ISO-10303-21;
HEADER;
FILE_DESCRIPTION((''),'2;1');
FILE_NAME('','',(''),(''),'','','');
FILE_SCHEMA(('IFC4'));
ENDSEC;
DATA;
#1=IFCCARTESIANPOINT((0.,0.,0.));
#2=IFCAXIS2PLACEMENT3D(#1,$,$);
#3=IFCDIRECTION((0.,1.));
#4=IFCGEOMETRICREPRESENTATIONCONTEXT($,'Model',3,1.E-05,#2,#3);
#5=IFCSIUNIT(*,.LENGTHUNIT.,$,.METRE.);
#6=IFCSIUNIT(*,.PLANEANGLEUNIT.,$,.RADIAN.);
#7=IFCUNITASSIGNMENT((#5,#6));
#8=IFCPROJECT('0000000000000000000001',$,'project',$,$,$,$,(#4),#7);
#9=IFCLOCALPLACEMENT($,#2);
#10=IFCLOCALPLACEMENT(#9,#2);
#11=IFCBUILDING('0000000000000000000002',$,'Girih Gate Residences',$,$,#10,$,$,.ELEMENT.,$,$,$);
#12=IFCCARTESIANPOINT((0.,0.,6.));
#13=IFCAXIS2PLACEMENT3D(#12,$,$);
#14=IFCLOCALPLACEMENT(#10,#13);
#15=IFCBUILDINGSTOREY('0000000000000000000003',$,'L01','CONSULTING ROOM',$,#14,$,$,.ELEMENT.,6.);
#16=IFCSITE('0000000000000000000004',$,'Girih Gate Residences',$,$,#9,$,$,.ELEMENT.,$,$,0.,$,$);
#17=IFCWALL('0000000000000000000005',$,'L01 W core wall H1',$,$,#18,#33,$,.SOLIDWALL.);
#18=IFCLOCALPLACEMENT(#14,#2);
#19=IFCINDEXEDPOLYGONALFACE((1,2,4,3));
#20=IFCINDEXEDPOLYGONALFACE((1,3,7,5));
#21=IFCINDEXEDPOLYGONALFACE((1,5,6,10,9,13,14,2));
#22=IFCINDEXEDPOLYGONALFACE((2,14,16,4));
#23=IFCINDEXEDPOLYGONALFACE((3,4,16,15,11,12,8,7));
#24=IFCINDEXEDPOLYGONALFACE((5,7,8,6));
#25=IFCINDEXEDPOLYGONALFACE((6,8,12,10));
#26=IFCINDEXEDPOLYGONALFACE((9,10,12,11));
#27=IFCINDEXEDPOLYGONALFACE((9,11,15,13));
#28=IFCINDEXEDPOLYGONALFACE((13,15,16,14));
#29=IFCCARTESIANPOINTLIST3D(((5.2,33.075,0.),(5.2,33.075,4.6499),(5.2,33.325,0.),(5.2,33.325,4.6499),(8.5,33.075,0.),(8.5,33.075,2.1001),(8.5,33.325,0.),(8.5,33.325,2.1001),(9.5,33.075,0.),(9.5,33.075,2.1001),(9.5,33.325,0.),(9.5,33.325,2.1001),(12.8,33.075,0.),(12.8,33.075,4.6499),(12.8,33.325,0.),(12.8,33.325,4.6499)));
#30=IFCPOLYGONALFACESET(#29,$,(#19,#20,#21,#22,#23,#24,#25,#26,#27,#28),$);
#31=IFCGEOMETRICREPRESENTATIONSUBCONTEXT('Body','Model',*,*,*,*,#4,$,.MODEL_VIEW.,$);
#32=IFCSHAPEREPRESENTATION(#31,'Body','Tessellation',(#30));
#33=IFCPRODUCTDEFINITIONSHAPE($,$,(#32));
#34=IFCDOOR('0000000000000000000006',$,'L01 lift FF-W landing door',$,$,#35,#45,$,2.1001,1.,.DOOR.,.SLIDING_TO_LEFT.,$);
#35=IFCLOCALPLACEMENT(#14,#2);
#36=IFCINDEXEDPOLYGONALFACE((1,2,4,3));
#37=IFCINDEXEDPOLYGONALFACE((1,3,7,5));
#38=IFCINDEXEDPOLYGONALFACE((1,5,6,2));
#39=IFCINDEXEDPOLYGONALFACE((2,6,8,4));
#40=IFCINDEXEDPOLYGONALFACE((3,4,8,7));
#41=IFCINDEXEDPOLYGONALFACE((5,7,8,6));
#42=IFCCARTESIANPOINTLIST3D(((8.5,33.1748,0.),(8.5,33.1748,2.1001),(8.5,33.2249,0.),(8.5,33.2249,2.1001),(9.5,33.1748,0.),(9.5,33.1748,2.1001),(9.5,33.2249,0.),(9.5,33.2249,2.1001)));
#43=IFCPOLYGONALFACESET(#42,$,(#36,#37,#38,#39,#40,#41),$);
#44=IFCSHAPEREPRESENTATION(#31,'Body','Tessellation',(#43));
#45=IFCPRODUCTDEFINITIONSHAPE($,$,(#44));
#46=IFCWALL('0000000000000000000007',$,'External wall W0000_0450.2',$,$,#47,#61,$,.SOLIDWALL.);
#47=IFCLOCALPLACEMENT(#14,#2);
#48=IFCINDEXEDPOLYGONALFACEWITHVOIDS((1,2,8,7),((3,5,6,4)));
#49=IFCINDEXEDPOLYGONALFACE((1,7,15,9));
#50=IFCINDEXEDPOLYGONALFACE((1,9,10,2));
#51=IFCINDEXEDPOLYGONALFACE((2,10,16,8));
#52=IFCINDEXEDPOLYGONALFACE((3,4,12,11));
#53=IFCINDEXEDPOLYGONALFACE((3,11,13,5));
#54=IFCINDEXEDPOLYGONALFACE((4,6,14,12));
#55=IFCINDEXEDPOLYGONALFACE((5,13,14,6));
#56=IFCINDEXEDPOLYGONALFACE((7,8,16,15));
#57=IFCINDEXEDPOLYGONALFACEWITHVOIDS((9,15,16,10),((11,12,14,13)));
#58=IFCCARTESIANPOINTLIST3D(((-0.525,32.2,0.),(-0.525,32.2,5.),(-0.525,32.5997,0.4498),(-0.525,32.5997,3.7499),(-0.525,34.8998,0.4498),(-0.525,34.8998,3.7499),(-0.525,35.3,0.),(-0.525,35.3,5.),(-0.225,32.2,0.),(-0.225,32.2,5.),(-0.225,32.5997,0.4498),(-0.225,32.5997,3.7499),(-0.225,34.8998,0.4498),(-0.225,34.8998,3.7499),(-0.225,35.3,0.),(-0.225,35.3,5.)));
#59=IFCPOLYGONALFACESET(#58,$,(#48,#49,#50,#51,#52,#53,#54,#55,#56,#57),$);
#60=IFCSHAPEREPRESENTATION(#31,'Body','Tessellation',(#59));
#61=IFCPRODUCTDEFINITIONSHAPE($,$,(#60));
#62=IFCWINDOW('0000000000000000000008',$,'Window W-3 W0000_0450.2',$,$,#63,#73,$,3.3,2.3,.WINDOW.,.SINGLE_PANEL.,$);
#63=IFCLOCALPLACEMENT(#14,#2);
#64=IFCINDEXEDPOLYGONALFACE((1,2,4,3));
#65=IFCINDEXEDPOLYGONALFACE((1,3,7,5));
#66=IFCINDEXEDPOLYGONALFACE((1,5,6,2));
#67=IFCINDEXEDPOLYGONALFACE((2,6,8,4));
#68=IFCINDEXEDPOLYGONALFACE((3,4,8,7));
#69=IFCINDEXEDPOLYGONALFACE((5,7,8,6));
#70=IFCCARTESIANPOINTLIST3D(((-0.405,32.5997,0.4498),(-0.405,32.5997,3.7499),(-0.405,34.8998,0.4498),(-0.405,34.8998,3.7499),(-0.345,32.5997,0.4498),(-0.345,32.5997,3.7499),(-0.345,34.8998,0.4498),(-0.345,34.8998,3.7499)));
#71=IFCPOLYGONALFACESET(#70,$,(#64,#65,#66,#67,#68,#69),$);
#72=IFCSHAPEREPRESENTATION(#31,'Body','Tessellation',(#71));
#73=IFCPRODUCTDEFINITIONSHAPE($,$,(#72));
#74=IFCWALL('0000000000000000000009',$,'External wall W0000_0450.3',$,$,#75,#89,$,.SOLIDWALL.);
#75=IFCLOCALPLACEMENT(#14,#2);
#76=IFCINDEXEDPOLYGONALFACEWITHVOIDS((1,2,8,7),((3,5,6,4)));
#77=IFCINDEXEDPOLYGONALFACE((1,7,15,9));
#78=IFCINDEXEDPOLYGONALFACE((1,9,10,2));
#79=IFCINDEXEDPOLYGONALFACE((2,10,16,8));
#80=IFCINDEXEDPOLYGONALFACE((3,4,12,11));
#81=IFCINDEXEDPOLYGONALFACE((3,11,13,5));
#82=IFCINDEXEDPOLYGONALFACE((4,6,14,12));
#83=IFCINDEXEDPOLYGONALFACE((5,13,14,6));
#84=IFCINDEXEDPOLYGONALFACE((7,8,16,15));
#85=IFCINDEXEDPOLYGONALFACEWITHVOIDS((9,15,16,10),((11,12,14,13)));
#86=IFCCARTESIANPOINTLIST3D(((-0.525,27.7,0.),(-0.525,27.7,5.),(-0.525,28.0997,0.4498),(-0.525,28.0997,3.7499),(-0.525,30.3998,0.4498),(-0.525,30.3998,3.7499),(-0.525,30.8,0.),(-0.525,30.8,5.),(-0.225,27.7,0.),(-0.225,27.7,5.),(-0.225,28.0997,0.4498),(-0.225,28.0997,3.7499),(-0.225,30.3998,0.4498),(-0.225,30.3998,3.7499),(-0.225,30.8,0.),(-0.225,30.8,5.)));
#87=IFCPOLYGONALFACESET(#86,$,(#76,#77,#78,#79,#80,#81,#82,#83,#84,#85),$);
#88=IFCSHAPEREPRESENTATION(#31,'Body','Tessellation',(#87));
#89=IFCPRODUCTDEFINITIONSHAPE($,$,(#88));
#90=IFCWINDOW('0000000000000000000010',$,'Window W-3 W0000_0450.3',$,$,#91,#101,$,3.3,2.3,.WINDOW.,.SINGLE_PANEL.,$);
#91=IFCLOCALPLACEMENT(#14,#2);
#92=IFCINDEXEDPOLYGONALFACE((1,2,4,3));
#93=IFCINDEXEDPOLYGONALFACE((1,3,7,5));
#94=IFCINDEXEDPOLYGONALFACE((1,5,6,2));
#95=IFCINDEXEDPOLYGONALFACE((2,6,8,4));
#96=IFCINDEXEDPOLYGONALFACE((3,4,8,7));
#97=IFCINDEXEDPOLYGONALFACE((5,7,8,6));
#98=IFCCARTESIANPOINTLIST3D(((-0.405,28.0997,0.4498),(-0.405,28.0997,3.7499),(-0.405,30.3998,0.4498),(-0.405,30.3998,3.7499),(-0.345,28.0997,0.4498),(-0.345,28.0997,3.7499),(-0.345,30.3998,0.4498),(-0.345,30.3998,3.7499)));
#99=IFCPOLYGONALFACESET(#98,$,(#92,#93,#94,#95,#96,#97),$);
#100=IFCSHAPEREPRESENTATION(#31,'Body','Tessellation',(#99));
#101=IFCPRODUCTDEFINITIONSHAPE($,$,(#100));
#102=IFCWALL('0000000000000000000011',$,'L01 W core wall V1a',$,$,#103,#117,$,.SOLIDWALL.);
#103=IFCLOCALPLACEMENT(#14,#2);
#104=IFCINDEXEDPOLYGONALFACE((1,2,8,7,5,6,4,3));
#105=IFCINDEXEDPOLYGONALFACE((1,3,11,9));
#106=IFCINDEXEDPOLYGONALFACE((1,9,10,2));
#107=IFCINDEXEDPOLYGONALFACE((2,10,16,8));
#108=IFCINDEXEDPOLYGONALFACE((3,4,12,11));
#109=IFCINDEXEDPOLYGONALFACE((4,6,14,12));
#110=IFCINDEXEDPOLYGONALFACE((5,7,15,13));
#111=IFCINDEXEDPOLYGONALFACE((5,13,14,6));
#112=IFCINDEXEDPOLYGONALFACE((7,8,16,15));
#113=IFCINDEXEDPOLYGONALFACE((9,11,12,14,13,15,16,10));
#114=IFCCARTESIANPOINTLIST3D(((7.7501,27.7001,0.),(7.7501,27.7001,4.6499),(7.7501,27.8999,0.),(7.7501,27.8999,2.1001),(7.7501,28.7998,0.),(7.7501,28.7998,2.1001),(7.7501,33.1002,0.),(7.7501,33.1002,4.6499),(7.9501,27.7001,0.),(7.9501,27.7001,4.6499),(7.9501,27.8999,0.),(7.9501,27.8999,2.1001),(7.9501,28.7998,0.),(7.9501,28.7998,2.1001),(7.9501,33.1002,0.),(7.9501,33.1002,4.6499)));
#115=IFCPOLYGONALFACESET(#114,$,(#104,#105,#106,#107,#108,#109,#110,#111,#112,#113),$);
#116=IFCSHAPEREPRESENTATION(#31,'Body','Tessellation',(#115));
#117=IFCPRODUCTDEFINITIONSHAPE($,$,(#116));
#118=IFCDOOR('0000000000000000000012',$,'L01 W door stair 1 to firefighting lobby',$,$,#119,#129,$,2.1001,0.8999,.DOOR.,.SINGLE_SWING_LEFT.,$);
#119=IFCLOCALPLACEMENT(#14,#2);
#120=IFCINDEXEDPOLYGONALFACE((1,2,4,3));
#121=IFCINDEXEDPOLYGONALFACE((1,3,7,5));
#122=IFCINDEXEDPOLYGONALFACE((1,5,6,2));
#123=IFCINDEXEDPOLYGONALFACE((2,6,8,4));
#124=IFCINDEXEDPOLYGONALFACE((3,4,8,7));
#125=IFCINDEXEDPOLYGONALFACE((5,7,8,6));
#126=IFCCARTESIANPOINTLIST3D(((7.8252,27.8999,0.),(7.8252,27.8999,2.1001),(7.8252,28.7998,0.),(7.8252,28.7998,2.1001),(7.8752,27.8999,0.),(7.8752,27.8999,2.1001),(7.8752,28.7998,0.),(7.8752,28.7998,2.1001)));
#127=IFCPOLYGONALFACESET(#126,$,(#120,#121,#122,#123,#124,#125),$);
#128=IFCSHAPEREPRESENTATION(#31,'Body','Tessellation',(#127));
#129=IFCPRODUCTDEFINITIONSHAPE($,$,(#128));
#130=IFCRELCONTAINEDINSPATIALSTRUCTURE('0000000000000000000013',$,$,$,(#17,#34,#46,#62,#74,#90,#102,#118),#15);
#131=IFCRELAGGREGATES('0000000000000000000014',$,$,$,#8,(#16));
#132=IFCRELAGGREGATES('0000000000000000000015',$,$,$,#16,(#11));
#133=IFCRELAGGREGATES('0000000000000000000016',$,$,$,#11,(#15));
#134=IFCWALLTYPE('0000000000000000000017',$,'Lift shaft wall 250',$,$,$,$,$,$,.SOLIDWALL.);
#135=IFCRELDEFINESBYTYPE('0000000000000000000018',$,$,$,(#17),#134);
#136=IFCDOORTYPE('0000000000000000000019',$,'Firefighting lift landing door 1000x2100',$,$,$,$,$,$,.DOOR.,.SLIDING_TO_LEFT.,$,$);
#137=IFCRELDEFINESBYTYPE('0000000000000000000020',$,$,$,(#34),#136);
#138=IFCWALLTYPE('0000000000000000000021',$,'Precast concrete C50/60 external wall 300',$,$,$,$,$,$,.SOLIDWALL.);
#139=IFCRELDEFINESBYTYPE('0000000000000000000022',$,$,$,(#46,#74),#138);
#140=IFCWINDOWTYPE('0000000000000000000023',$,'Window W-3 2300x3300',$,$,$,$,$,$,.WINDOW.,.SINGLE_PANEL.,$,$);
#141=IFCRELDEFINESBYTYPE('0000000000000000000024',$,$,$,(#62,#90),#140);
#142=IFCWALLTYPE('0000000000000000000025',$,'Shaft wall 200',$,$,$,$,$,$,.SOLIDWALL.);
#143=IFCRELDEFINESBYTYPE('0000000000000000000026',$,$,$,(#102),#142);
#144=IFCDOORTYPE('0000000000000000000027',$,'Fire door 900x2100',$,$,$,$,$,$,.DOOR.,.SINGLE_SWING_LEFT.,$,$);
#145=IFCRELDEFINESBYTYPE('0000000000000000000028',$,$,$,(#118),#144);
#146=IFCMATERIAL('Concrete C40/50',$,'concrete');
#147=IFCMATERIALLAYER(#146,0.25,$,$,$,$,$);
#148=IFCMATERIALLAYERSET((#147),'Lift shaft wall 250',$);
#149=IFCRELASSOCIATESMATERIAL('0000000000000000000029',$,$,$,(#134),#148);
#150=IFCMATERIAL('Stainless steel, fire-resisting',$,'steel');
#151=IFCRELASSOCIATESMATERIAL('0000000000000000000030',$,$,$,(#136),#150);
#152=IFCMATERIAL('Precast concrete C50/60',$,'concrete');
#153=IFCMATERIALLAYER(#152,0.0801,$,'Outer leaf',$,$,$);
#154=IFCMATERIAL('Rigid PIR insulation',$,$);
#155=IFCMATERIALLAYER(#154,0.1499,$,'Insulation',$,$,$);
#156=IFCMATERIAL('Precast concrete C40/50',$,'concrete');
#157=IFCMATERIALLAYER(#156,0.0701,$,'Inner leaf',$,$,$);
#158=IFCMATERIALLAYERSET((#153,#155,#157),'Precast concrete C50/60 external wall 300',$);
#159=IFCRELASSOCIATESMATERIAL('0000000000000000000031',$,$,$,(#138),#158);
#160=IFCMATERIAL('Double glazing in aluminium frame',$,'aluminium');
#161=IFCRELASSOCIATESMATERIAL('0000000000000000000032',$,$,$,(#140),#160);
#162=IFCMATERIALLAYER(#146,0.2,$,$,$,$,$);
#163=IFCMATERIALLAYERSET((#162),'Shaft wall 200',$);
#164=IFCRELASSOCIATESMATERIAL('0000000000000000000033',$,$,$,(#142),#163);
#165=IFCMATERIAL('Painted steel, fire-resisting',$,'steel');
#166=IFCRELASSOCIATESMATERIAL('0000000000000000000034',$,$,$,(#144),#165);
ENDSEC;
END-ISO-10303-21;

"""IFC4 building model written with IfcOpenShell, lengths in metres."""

from ifc_helpers import new_model, si_unit, direction, frame, frame_2d, origin, place, context, subcontext, project, spatial, rectangle, extrude, material, layer, layer_set, type_object, element, fill, save


model = new_model("IFC4")

# Units and contexts
model_context = context("Model", 3, precision=1e-05, world=origin(), true_north=direction((0.0, 1.0)))
body_context = subcontext(model_context, "Body", "Model", "MODEL_VIEW")
ifc_project = project(units=[si_unit("LENGTHUNIT", "METRE"), si_unit("PLANEANGLEUNIT", "RADIAN")], contexts=[model_context])

# Site, building, storey
site_placement = place(None, origin())
site = spatial("IfcSite", under=ifc_project, at=site_placement, Name="Girih Gate Residences", CompositionType="ELEMENT", RefElevation=0.0)
building_placement = place(site_placement, origin())
building = spatial("IfcBuilding", under=site, at=building_placement, Name="Girih Gate Residences", CompositionType="ELEMENT")
storey_placement = place(building_placement, frame((0.0, 0.0, 6.0)))
storey = spatial("IfcBuildingStorey", under=building, at=storey_placement, Name="L01", Description="CONSULTING ROOM", CompositionType="ELEMENT", Elevation=6.0)

# Shared definitions
ifc_material_1 = material(Name="Painted steel, fire-resisting", Category="steel")

# Wall, opening, door
ifc_material_2 = material(Name="Concrete C40/50", Category="concrete")
ifc_layer_1 = layer(ifc_material_2, 0.25)
ifc_layer_set_1 = layer_set([ifc_layer_1], Name="Lift shaft wall 250")
wall_type_1 = type_object("IfcWallType", Name="Lift shaft wall 250", PredefinedType="SOLIDWALL", material=ifc_layer_set_1)
wall_1_placement = place(storey_placement, frame((5.2, 33.2, 0.0), z_axis=(0.0, 0.0, 1.0), x_axis=(1.0, 0.0, 0.0)))
wall_1 = element("IfcWall", 1, at=wall_1_placement, inside=storey, type_object=wall_type_1, Name="L01 W core wall H1", PredefinedType="SOLIDWALL", context=body_context, shape_type="SweptSolid", body=[
    extrude(rectangle(XDim=7.6001, YDim=0.25, at=frame_2d((3.8, 0.0))), origin(), (0.0, 0.0, 1.0), 4.6499),
])
opening_1_placement = place(wall_1_placement, frame((3.3, 0.0, 0.0)))
opening_1 = element("IfcOpeningElement", 2, at=opening_1_placement, cuts=wall_1, PredefinedType="OPENING", context=body_context, shape_type="SweptSolid", body=[
    extrude(rectangle(XDim=1.0, YDim=2.1001, at=frame_2d((0.5, 1.05))), frame((0.0, 0.135, 0.0), z_axis=(0.0, -1.0, 0.0), x_axis=(1.0, 0.0, 0.0)), (0.0, 0.0, 1.0), 0.27),
])
ifc_material_3 = material(Name="Stainless steel, fire-resisting", Category="steel")
door_type_1 = type_object("IfcDoorType", Name="Firefighting lift landing door 1000x2100", OperationType="SLIDING_TO_LEFT", PredefinedType="DOOR", material=ifc_material_3)
door_1_placement = place(opening_1_placement, origin())
door_1 = element("IfcDoor", 3, at=door_1_placement, inside=storey, type_object=door_type_1, Name="L01 lift FF-W landing door", OperationType="SLIDING_TO_LEFT", OverallHeight=2.1001, OverallWidth=1.0, PredefinedType="DOOR", context=body_context, shape_type="SweptSolid", body=[
    extrude(rectangle(XDim=1.0, YDim=2.1001, at=frame_2d((0.5, 1.05))), frame((0.0, 0.0249, 0.0), z_axis=(0.0, -1.0, 0.0), x_axis=(1.0, 0.0, 0.0)), (0.0, 0.0, 1.0), 0.05),
])
fill(opening_1, door_1)

# Walls, openings, windows
ifc_material_4 = material(Name="Precast concrete C50/60", Category="concrete")
ifc_layer_2 = layer(ifc_material_4, 0.0801, Name="Outer leaf")
ifc_material_5 = material(Name="Rigid PIR insulation")
ifc_layer_3 = layer(ifc_material_5, 0.1499, Name="Insulation")
ifc_material_6 = material(Name="Precast concrete C40/50", Category="concrete")
ifc_layer_4 = layer(ifc_material_6, 0.0701, Name="Inner leaf")
ifc_layer_set_2 = layer_set([ifc_layer_2, ifc_layer_3, ifc_layer_4], Name="Precast concrete C50/60 external wall 300")
wall_type_2 = type_object("IfcWallType", Name="Precast concrete C50/60 external wall 300", PredefinedType="SOLIDWALL", material=ifc_layer_set_2)
wall_2_placement = place(storey_placement, frame((-0.375, 32.2, 0.0), z_axis=(0.0, 0.0, 1.0), x_axis=(0.0, 1.0, 0.0)))
wall_2 = element("IfcWall", 4, at=wall_2_placement, inside=storey, type_object=wall_type_2, Name="External wall W0000_0450.2", PredefinedType="SOLIDWALL", context=body_context, shape_type="SweptSolid", body=[
    extrude(rectangle(XDim=3.1001, YDim=0.3, at=frame_2d((1.55, 0.0))), origin(), (0.0, 0.0, 1.0), 5.0),
])
opening_2_placement = place(wall_2_placement, frame((0.3999, 0.0, 0.45)))
opening_2 = element("IfcOpeningElement", 5, at=opening_2_placement, cuts=wall_2, PredefinedType="OPENING", context=body_context, shape_type="SweptSolid", body=[
    extrude(rectangle(XDim=2.3, YDim=3.3, at=frame_2d((1.1499, 1.6499))), frame((0.0, 0.1599, 0.0), z_axis=(0.0, -1.0, 0.0), x_axis=(1.0, 0.0, 0.0)), (0.0, 0.0, 1.0), 0.3201),
])
ifc_material_7 = material(Name="Double glazing in aluminium frame", Category="aluminium")
window_type = type_object("IfcWindowType", Name="Window W-3 2300x3300", PartitioningType="SINGLE_PANEL", PredefinedType="WINDOW", material=ifc_material_7)
window_1_placement = place(opening_2_placement, origin())
window_1 = element("IfcWindow", 6, at=window_1_placement, inside=storey, type_object=window_type, Name="Window W-3 W0000_0450.2", OverallHeight=3.3, OverallWidth=2.3, PartitioningType="SINGLE_PANEL", PredefinedType="WINDOW", context=body_context, shape_type="SweptSolid", body=[
    extrude(rectangle(XDim=2.3, YDim=3.3, at=frame_2d((1.1499, 1.6499))), frame((0.0, 0.03, 0.0), z_axis=(0.0, -1.0, 0.0), x_axis=(1.0, 0.0, 0.0)), (0.0, 0.0, 1.0), 0.0601),
])
fill(opening_2, window_1)
wall_3_placement = place(storey_placement, frame((-0.375, 27.7, 0.0), z_axis=(0.0, 0.0, 1.0), x_axis=(0.0, 1.0, 0.0)))
wall_3 = element("IfcWall", 7, at=wall_3_placement, inside=storey, type_object=wall_type_2, Name="External wall W0000_0450.3", PredefinedType="SOLIDWALL", context=body_context, shape_type="SweptSolid", body=[
    extrude(rectangle(XDim=3.1001, YDim=0.3, at=frame_2d((1.55, 0.0))), origin(), (0.0, 0.0, 1.0), 5.0),
])
opening_3_placement = place(wall_3_placement, frame((0.3999, 0.0, 0.45)))
opening_3 = element("IfcOpeningElement", 8, at=opening_3_placement, cuts=wall_3, PredefinedType="OPENING", context=body_context, shape_type="SweptSolid", body=[
    extrude(rectangle(XDim=2.3, YDim=3.3, at=frame_2d((1.1499, 1.6499))), frame((0.0, 0.1599, 0.0), z_axis=(0.0, -1.0, 0.0), x_axis=(1.0, 0.0, 0.0)), (0.0, 0.0, 1.0), 0.3201),
])
window_2_placement = place(opening_3_placement, origin())
window_2 = element("IfcWindow", 9, at=window_2_placement, inside=storey, type_object=window_type, Name="Window W-3 W0000_0450.3", OverallHeight=3.3, OverallWidth=2.3, PartitioningType="SINGLE_PANEL", PredefinedType="WINDOW", context=body_context, shape_type="SweptSolid", body=[
    extrude(rectangle(XDim=2.3, YDim=3.3, at=frame_2d((1.1499, 1.6499))), frame((0.0, 0.03, 0.0), z_axis=(0.0, -1.0, 0.0), x_axis=(1.0, 0.0, 0.0)), (0.0, 0.0, 1.0), 0.0601),
])
fill(opening_3, window_2)

# Wall, opening, door
ifc_layer_5 = layer(ifc_material_2, 0.2)
ifc_layer_set_3 = layer_set([ifc_layer_5], Name="Shaft wall 200")
wall_type_3 = type_object("IfcWallType", Name="Shaft wall 200", PredefinedType="SOLIDWALL", material=ifc_layer_set_3)
wall_4_placement = place(storey_placement, frame((7.8501, 27.7, 0.0), z_axis=(0.0, 0.0, 1.0), x_axis=(0.0, 1.0, 0.0)))
wall_4 = element("IfcWall", 10, at=wall_4_placement, inside=storey, type_object=wall_type_3, Name="L01 W core wall V1a", PredefinedType="SOLIDWALL", context=body_context, shape_type="SweptSolid", body=[
    extrude(rectangle(XDim=5.4001, YDim=0.2, at=frame_2d((2.7002, 0.0))), origin(), (0.0, 0.0, 1.0), 4.6499),
])
opening_4_placement = place(wall_4_placement, frame((0.2, 0.0, 0.0)))
opening_4 = element("IfcOpeningElement", 11, at=opening_4_placement, cuts=wall_4, PredefinedType="OPENING", context=body_context, shape_type="SweptSolid", body=[
    extrude(rectangle(XDim=0.8999, YDim=2.1001, at=frame_2d((0.45, 1.05))), frame((0.0, 0.1099, 0.0), z_axis=(0.0, -1.0, 0.0), x_axis=(1.0, 0.0, 0.0)), (0.0, 0.0, 1.0), 0.22),
])
door_type_2 = type_object("IfcDoorType", Name="Fire door 900x2100", OperationType="SINGLE_SWING_LEFT", PredefinedType="DOOR", material=ifc_material_1)
door_2_placement = place(opening_4_placement, origin())
door_2 = element("IfcDoor", 12, at=door_2_placement, inside=storey, type_object=door_type_2, Name="L01 W door stair 1 to firefighting lobby", OperationType="SINGLE_SWING_LEFT", OverallHeight=2.1001, OverallWidth=0.8999, PredefinedType="DOOR", context=body_context, shape_type="SweptSolid", body=[
    extrude(rectangle(XDim=0.8999, YDim=2.1001, at=frame_2d((0.45, 1.05))), frame((0.0, 0.0249, 0.0), z_axis=(0.0, -1.0, 0.0), x_axis=(1.0, 0.0, 0.0)), (0.0, 0.0, 1.0), 0.05),
])
fill(opening_4, door_2)

save(model, "model.ifc")
